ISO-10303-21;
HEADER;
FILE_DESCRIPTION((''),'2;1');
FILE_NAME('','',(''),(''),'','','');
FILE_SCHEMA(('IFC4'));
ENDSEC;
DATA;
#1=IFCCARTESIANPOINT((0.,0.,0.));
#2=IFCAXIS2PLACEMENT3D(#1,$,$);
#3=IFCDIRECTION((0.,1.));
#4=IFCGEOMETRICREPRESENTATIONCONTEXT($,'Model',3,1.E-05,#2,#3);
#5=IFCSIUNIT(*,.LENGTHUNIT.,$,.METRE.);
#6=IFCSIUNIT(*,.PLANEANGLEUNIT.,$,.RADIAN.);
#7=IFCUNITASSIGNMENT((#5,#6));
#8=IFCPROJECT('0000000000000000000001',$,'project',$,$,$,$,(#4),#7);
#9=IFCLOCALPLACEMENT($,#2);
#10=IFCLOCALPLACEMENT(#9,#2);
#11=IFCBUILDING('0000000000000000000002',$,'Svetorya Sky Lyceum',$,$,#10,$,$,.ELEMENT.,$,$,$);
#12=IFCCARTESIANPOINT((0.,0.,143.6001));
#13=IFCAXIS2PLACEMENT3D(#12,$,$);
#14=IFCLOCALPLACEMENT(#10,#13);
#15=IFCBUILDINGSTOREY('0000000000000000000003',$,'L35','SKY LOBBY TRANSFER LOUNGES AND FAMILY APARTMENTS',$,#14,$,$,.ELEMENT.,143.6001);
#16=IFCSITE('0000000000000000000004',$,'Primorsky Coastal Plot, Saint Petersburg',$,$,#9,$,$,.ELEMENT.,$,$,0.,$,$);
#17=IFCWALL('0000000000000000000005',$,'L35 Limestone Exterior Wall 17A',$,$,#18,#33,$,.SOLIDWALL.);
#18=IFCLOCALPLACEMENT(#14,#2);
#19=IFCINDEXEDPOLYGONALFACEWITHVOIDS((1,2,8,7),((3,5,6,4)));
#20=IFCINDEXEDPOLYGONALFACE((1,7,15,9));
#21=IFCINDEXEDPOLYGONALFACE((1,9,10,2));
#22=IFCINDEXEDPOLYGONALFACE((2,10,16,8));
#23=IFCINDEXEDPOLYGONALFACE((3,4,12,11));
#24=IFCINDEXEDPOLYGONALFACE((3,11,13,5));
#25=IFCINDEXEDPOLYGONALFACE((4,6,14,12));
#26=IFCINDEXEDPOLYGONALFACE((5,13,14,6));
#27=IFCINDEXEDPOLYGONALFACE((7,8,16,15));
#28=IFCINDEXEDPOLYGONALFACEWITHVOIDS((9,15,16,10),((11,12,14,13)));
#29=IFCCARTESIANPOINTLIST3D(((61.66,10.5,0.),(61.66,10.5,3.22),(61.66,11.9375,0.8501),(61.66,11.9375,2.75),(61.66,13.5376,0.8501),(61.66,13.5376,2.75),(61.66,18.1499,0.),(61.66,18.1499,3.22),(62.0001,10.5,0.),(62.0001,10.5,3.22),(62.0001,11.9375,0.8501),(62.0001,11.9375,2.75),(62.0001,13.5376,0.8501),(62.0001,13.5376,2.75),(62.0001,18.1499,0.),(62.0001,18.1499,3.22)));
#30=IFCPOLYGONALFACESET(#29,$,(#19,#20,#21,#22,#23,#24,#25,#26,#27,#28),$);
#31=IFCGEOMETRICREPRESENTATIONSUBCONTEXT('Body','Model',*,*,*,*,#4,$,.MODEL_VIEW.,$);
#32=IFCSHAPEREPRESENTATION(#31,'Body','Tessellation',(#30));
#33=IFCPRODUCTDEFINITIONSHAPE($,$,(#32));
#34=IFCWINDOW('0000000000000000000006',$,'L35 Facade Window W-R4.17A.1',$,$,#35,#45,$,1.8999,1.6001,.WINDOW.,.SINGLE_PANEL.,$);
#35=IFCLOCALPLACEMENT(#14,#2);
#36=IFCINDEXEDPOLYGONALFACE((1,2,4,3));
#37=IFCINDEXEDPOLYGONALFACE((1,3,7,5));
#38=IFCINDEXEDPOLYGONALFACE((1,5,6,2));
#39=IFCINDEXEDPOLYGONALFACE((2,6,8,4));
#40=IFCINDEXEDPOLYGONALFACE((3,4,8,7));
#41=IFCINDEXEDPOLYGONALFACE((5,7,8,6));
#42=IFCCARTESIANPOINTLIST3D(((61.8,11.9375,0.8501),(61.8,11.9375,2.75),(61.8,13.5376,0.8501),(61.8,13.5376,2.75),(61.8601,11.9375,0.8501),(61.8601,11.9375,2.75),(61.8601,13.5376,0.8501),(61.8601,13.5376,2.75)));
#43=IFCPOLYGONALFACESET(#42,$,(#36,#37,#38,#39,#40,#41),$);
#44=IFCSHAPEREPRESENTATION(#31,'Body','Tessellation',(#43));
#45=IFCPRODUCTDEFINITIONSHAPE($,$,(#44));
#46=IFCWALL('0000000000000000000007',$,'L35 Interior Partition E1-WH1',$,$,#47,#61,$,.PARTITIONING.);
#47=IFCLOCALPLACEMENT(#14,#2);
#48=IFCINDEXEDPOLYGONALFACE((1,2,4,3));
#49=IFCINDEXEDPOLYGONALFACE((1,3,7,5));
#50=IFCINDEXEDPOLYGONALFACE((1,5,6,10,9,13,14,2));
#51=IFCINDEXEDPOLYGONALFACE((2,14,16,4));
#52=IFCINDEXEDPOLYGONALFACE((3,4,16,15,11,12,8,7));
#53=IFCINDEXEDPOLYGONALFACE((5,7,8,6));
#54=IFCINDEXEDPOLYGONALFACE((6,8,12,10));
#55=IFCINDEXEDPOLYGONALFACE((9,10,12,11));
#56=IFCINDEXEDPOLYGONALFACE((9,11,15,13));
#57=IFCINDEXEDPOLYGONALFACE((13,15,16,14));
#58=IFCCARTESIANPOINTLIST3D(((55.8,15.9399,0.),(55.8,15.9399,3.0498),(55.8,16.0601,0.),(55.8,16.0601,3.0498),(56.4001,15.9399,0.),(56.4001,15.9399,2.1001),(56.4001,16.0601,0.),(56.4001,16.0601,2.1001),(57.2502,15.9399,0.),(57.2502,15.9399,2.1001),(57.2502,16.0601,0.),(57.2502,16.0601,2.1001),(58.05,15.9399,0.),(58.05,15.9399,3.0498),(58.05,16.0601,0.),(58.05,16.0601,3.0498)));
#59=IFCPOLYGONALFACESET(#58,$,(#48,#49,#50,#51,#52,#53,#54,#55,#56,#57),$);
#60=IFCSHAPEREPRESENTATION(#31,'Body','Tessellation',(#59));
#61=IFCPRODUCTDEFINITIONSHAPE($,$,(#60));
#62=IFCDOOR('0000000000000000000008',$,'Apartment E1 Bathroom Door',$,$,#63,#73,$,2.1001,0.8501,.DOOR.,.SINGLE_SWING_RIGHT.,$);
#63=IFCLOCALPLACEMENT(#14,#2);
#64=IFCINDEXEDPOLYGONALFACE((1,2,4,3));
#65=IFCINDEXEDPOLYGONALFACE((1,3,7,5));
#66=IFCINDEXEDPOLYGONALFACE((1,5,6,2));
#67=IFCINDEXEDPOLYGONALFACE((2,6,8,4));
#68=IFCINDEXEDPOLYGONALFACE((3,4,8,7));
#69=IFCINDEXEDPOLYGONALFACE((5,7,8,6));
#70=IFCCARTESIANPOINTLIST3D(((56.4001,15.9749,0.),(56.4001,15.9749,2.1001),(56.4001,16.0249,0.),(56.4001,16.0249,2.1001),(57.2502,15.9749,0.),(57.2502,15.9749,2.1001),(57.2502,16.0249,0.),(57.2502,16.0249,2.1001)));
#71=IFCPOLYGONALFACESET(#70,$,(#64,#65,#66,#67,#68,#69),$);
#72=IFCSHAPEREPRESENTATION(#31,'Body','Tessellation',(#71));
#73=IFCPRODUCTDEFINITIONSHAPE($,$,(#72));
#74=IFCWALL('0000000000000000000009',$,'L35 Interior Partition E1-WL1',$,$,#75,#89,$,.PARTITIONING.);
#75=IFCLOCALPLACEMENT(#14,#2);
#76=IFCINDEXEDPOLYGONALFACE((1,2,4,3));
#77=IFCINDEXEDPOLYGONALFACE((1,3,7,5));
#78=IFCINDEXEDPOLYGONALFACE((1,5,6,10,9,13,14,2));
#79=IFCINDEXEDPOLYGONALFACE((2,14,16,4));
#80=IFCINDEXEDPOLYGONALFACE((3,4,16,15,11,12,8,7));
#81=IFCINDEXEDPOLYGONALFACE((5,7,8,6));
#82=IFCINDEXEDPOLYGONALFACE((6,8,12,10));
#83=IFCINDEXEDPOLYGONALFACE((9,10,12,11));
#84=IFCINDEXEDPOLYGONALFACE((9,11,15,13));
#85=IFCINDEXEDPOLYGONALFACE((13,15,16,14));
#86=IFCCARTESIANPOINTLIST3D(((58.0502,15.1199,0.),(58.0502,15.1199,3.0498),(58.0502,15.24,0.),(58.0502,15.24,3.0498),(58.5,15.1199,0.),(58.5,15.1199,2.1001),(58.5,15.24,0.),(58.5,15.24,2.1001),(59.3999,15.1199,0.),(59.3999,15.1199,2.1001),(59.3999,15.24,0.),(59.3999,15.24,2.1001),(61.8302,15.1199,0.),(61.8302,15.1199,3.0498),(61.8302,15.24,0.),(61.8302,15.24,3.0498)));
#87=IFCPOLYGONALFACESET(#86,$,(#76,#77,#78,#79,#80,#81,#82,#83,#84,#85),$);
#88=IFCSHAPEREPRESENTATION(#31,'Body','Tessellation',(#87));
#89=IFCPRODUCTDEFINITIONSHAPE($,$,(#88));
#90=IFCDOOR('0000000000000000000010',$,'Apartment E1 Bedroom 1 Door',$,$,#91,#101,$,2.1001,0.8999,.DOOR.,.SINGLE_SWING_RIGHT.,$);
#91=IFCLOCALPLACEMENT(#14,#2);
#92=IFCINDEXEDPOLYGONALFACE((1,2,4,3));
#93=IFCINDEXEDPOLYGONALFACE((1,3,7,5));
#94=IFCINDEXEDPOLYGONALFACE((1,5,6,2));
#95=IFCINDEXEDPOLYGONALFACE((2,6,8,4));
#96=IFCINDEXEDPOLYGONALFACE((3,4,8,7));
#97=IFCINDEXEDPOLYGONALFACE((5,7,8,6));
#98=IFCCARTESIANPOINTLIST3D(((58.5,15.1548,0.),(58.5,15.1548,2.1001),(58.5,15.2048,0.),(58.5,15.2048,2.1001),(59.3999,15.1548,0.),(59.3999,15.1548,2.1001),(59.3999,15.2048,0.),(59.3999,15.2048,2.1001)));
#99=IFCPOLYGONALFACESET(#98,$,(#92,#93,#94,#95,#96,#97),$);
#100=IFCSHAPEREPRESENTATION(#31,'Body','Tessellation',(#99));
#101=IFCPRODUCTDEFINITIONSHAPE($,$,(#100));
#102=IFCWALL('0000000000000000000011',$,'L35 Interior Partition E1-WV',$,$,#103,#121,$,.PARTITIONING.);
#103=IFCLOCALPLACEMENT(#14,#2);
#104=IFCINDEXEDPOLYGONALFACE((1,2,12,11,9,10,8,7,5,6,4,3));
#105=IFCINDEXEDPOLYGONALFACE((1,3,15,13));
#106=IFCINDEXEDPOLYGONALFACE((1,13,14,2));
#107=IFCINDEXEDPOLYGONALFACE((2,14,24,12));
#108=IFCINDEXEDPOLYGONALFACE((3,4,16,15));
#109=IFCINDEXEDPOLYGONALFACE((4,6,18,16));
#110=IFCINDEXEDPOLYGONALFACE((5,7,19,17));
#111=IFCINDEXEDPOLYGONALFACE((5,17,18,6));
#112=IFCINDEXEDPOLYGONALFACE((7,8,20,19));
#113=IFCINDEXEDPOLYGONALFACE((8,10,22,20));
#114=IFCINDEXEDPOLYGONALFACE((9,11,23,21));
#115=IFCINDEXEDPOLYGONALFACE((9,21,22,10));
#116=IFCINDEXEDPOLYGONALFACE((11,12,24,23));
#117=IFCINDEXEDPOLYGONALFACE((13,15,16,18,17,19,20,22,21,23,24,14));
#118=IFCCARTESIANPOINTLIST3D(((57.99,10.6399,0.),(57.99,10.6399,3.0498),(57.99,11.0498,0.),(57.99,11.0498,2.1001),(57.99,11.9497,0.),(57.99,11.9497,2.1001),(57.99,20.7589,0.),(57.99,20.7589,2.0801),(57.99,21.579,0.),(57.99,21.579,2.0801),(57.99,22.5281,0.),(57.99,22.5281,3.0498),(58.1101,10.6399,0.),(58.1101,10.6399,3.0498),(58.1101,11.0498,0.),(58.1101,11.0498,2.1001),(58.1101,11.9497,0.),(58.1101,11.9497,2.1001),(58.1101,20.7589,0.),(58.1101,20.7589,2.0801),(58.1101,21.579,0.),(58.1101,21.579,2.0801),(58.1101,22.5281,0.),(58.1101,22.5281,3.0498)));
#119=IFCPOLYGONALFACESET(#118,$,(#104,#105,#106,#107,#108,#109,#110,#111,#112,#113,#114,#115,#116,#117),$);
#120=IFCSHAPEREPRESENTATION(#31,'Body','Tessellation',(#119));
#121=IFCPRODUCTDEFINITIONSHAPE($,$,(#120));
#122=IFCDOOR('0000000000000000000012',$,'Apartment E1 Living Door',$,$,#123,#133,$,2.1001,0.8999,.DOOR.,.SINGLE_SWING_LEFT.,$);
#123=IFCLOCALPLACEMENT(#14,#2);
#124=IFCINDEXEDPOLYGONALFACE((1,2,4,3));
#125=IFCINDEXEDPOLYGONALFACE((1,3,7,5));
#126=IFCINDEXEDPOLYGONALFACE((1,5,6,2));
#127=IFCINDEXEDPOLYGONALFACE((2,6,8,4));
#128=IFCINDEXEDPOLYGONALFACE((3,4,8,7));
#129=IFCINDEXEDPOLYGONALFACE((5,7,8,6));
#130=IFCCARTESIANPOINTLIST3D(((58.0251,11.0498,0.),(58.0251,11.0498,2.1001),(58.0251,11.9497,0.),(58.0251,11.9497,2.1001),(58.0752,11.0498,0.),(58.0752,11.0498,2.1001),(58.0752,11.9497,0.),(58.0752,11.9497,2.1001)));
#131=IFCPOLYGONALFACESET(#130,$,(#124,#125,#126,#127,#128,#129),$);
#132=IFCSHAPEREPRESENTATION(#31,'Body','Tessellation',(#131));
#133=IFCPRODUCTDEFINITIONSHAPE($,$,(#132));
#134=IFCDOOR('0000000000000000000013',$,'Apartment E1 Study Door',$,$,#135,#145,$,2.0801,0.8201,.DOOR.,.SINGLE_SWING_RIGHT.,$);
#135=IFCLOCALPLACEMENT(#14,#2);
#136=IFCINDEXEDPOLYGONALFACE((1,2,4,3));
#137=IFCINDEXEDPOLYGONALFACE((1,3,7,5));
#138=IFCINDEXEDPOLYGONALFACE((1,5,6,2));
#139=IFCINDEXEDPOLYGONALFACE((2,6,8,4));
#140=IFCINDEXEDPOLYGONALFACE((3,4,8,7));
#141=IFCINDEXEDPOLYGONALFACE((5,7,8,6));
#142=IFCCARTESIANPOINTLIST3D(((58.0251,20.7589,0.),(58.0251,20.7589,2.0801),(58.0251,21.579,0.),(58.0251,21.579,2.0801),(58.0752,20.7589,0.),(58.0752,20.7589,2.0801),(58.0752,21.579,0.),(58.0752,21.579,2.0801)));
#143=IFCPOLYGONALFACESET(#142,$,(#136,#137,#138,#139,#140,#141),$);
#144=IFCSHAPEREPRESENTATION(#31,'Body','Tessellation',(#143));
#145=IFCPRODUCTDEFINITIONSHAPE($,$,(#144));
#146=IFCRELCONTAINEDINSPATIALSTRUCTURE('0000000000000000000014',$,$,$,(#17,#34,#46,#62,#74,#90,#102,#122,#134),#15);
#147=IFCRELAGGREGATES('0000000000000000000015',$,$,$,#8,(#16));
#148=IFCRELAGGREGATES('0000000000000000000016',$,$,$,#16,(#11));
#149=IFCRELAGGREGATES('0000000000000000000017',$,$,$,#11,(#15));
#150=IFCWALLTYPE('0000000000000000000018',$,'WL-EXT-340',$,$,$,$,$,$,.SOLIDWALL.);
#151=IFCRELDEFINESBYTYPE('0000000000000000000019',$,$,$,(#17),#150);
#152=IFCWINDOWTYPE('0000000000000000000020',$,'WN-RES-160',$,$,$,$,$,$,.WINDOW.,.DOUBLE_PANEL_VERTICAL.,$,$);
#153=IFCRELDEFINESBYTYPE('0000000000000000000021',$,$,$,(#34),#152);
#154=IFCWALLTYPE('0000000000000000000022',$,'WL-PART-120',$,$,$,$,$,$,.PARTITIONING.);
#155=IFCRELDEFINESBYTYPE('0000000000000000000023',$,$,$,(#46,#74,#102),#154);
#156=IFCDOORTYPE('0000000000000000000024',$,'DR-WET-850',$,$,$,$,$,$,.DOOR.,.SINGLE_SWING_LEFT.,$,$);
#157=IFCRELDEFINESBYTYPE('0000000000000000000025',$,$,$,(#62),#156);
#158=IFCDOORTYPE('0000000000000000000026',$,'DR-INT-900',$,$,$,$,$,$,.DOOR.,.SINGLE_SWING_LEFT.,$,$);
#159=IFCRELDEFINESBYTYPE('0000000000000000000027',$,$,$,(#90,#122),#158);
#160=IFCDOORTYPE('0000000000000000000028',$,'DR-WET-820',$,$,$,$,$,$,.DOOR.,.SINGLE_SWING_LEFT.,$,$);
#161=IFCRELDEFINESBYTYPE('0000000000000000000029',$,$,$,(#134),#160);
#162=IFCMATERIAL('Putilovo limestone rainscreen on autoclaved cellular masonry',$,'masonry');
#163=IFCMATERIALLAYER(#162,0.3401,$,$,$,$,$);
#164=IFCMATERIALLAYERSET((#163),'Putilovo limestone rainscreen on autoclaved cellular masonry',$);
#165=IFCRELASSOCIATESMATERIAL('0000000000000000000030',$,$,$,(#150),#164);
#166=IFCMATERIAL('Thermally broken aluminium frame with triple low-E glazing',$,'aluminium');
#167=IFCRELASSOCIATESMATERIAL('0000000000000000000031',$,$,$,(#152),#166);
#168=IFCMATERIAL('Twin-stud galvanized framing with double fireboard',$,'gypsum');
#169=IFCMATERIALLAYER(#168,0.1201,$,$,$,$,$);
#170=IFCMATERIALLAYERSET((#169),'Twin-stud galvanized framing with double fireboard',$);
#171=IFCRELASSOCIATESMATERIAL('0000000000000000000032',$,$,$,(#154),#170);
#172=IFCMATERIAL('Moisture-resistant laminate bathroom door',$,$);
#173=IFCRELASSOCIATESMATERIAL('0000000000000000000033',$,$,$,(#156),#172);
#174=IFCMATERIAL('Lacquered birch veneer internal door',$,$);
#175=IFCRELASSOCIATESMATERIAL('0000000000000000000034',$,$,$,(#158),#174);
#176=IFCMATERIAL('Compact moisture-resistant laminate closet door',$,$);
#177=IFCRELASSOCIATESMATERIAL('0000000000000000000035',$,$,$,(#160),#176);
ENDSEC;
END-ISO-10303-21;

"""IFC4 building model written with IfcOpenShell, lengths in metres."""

from ifc_helpers import new_model, si_unit, direction, frame, frame_2d, origin, place, context, subcontext, project, spatial, rectangle, extrude, material, layer, layer_set, type_object, element, fill, save


model = new_model("IFC4")

# Units and contexts
model_context = context("Model", 3, precision=1e-05, world=origin(), true_north=direction((0.0, 1.0)))
body_context = subcontext(model_context, "Body", "Model", "MODEL_VIEW")
ifc_project = project(units=[si_unit("LENGTHUNIT", "METRE"), si_unit("PLANEANGLEUNIT", "RADIAN")], contexts=[model_context])

# Site, building, storey
site_placement = place(None, origin())
site = spatial("IfcSite", under=ifc_project, at=site_placement, Name="Primorsky Coastal Plot, Saint Petersburg", CompositionType="ELEMENT", RefElevation=0.0)
building_placement = place(site_placement, origin())
building = spatial("IfcBuilding", under=site, at=building_placement, Name="Svetorya Sky Lyceum", CompositionType="ELEMENT")
storey_placement = place(building_placement, frame((0.0, 0.0, 143.6001)))
storey = spatial("IfcBuildingStorey", under=building, at=storey_placement, Name="L35", Description="SKY LOBBY TRANSFER LOUNGES AND FAMILY APARTMENTS", CompositionType="ELEMENT", Elevation=143.6001)

# Shared definitions
ifc_material_1 = material(Name="Putilovo limestone rainscreen on autoclaved cellular masonry", Category="masonry")
ifc_layer_1 = layer(ifc_material_1, 0.3401)
ifc_layer_set_1 = layer_set([ifc_layer_1], Name="Putilovo limestone rainscreen on autoclaved cellular masonry")
wall_type_1 = type_object("IfcWallType", Name="WL-EXT-340", PredefinedType="SOLIDWALL", material=ifc_layer_set_1)

# Wall, opening, window
wall_1_placement = place(storey_placement, frame((61.8301, 10.5, 0.0), z_axis=(0.0, 0.0, 1.0), x_axis=(0.0, 1.0, 0.0)))
wall_1 = element("IfcWall", 1, at=wall_1_placement, inside=storey, type_object=wall_type_1, Name="L35 Limestone Exterior Wall 17A", PredefinedType="SOLIDWALL", context=body_context, shape_type="SweptSolid", body=[
    extrude(rectangle(XDim=7.6499, YDim=0.3401, at=frame_2d((3.825, 0.0))), origin(), (0.0, 0.0, 1.0), 3.22),
])
opening_1_placement = place(wall_1_placement, frame((1.4375, 0.0, 0.8501)))
opening_1 = element("IfcOpeningElement", 2, at=opening_1_placement, cuts=wall_1, PredefinedType="OPENING", context=body_context, shape_type="SweptSolid", body=[
    extrude(rectangle(XDim=1.6001, YDim=1.8999, at=frame_2d((0.8, 0.95))), frame((0.0, 0.1799, 0.0), z_axis=(0.0, -1.0, 0.0), x_axis=(1.0, 0.0, 0.0)), (0.0, 0.0, 1.0), 0.3601),
])
ifc_material_2 = material(Name="Thermally broken aluminium frame with triple low-E glazing", Category="aluminium")
window_type = type_object("IfcWindowType", Name="WN-RES-160", PartitioningType="DOUBLE_PANEL_VERTICAL", PredefinedType="WINDOW", material=ifc_material_2)
window_placement = place(opening_1_placement, origin())
window = element("IfcWindow", 3, at=window_placement, inside=storey, type_object=window_type, Name="L35 Facade Window W-R4.17A.1", OverallHeight=1.8999, OverallWidth=1.6001, PartitioningType="SINGLE_PANEL", PredefinedType="WINDOW", context=body_context, shape_type="SweptSolid", body=[
    extrude(rectangle(XDim=1.6001, YDim=1.8999, at=frame_2d((0.8, 0.95))), frame((0.0, 0.03, 0.0), z_axis=(0.0, -1.0, 0.0), x_axis=(1.0, 0.0, 0.0)), (0.0, 0.0, 1.0), 0.0601),
])
fill(opening_1, window)

# Walls, openings, doors
ifc_material_3 = material(Name="Twin-stud galvanized framing with double fireboard", Category="gypsum")
ifc_layer_2 = layer(ifc_material_3, 0.1201)
ifc_layer_set_2 = layer_set([ifc_layer_2], Name="Twin-stud galvanized framing with double fireboard")
wall_type_2 = type_object("IfcWallType", Name="WL-PART-120", PredefinedType="PARTITIONING", material=ifc_layer_set_2)
wall_2_placement = place(storey_placement, frame((55.8, 16.0, 0.0), z_axis=(0.0, 0.0, 1.0), x_axis=(1.0, 0.0, 0.0)))
wall_2 = element("IfcWall", 4, at=wall_2_placement, inside=storey, type_object=wall_type_2, Name="L35 Interior Partition E1-WH1", PredefinedType="PARTITIONING", context=body_context, shape_type="SweptSolid", body=[
    extrude(rectangle(XDim=2.25, YDim=0.1201, at=frame_2d((1.125, 0.0))), origin(), (0.0, 0.0, 1.0), 3.0498),
])
opening_2_placement = place(wall_2_placement, frame((0.6001, 0.0, 0.0)))
opening_2 = element("IfcOpeningElement", 5, at=opening_2_placement, cuts=wall_2, PredefinedType="OPENING", context=body_context, shape_type="SweptSolid", body=[
    extrude(rectangle(XDim=0.8501, YDim=2.1001, at=frame_2d((0.425, 1.05))), frame((0.0, 0.0701, 0.0), z_axis=(0.0, -1.0, 0.0), x_axis=(1.0, 0.0, 0.0)), (0.0, 0.0, 1.0), 0.1401),
])
ifc_material_4 = material(Name="Moisture-resistant laminate bathroom door")
door_type_1 = type_object("IfcDoorType", Name="DR-WET-850", OperationType="SINGLE_SWING_LEFT", PredefinedType="DOOR", material=ifc_material_4)
door_1_placement = place(opening_2_placement, origin())
door_1 = element("IfcDoor", 6, at=door_1_placement, inside=storey, type_object=door_type_1, Name="Apartment E1 Bathroom Door", OperationType="SINGLE_SWING_RIGHT", OverallHeight=2.1001, OverallWidth=0.8501, PredefinedType="DOOR", context=body_context, shape_type="SweptSolid", body=[
    extrude(rectangle(XDim=0.8501, YDim=2.1001, at=frame_2d((0.425, 1.05))), frame((0.0, 0.0249, 0.0), z_axis=(0.0, -1.0, 0.0), x_axis=(1.0, 0.0, 0.0)), (0.0, 0.0, 1.0), 0.05),
])
fill(opening_2, door_1)
wall_3_placement = place(storey_placement, frame((58.05, 15.1799, 0.0), z_axis=(0.0, 0.0, 1.0), x_axis=(1.0, 0.0, 0.0)))
wall_3 = element("IfcWall", 7, at=wall_3_placement, inside=storey, type_object=wall_type_2, Name="L35 Interior Partition E1-WL1", PredefinedType="PARTITIONING", context=body_context, shape_type="SweptSolid", body=[
    extrude(rectangle(XDim=3.78, YDim=0.1201, at=frame_2d((1.8901, 0.0))), origin(), (0.0, 0.0, 1.0), 3.0498),
])
opening_3_placement = place(wall_3_placement, frame((0.45, 0.0, 0.0)))
opening_3 = element("IfcOpeningElement", 8, at=opening_3_placement, cuts=wall_3, PredefinedType="OPENING", context=body_context, shape_type="SweptSolid", body=[
    extrude(rectangle(XDim=0.8999, YDim=2.1001, at=frame_2d((0.45, 1.05))), frame((0.0, 0.0701, 0.0), z_axis=(0.0, -1.0, 0.0), x_axis=(1.0, 0.0, 0.0)), (0.0, 0.0, 1.0), 0.1401),
])
ifc_material_5 = material(Name="Lacquered birch veneer internal door")
door_type_2 = type_object("IfcDoorType", Name="DR-INT-900", OperationType="SINGLE_SWING_LEFT", PredefinedType="DOOR", material=ifc_material_5)
door_2_placement = place(opening_3_placement, origin())
door_2 = element("IfcDoor", 9, at=door_2_placement, inside=storey, type_object=door_type_2, Name="Apartment E1 Bedroom 1 Door", OperationType="SINGLE_SWING_RIGHT", OverallHeight=2.1001, OverallWidth=0.8999, PredefinedType="DOOR", context=body_context, shape_type="SweptSolid", body=[
    extrude(rectangle(XDim=0.8999, YDim=2.1001, at=frame_2d((0.45, 1.05))), frame((0.0, 0.0249, 0.0), z_axis=(0.0, -1.0, 0.0), x_axis=(1.0, 0.0, 0.0)), (0.0, 0.0, 1.0), 0.05),
])
fill(opening_3, door_2)

# Wall, openings, doors
wall_4_placement = place(storey_placement, frame((58.05, 10.6399, 0.0), z_axis=(0.0, 0.0, 1.0), x_axis=(0.0, 1.0, 0.0)))
wall_4 = element("IfcWall", 10, at=wall_4_placement, inside=storey, type_object=wall_type_2, Name="L35 Interior Partition E1-WV", PredefinedType="PARTITIONING", context=body_context, shape_type="SweptSolid", body=[
    extrude(rectangle(XDim=11.8882, YDim=0.1201, at=frame_2d((5.9441, 0.0))), origin(), (0.0, 0.0, 1.0), 3.0498),
])
opening_4_placement = place(wall_4_placement, frame((0.4099, 0.0, 0.0)))
opening_4 = element("IfcOpeningElement", 11, at=opening_4_placement, cuts=wall_4, PredefinedType="OPENING", context=body_context, shape_type="SweptSolid", body=[
    extrude(rectangle(XDim=0.8999, YDim=2.1001, at=frame_2d((0.45, 1.05))), frame((0.0, 0.0701, 0.0), z_axis=(0.0, -1.0, 0.0), x_axis=(1.0, 0.0, 0.0)), (0.0, 0.0, 1.0), 0.1401),
])
opening_5_placement = place(wall_4_placement, frame((10.1189, 0.0, 0.0)))
opening_5 = element("IfcOpeningElement", 12, at=opening_5_placement, cuts=wall_4, PredefinedType="OPENING", context=body_context, shape_type="SweptSolid", body=[
    extrude(rectangle(XDim=0.8201, YDim=2.0801, at=frame_2d((0.4102, 1.04))), frame((0.0, 0.0701, 0.0), z_axis=(0.0, -1.0, 0.0), x_axis=(1.0, 0.0, 0.0)), (0.0, 0.0, 1.0), 0.1401),
])
door_3_placement = place(opening_4_placement, origin())
door_3 = element("IfcDoor", 13, at=door_3_placement, inside=storey, type_object=door_type_2, Name="Apartment E1 Living Door", OperationType="SINGLE_SWING_LEFT", OverallHeight=2.1001, OverallWidth=0.8999, PredefinedType="DOOR", context=body_context, shape_type="SweptSolid", body=[
    extrude(rectangle(XDim=0.8999, YDim=2.1001, at=frame_2d((0.45, 1.05))), frame((0.0, 0.0249, 0.0), z_axis=(0.0, -1.0, 0.0), x_axis=(1.0, 0.0, 0.0)), (0.0, 0.0, 1.0), 0.05),
])
fill(opening_4, door_3)
ifc_material_6 = material(Name="Compact moisture-resistant laminate closet door")
door_type_3 = type_object("IfcDoorType", Name="DR-WET-820", OperationType="SINGLE_SWING_LEFT", PredefinedType="DOOR", material=ifc_material_6)
door_4_placement = place(opening_5_placement, origin())
door_4 = element("IfcDoor", 14, at=door_4_placement, inside=storey, type_object=door_type_3, Name="Apartment E1 Study Door", OperationType="SINGLE_SWING_RIGHT", OverallHeight=2.0801, OverallWidth=0.8201, PredefinedType="DOOR", context=body_context, shape_type="SweptSolid", body=[
    extrude(rectangle(XDim=0.8201, YDim=2.0801, at=frame_2d((0.4102, 1.04))), frame((0.0, 0.0249, 0.0), z_axis=(0.0, -1.0, 0.0), x_axis=(1.0, 0.0, 0.0)), (0.0, 0.0, 1.0), 0.05),
])
fill(opening_5, door_4)

save(model, "model.ifc")
